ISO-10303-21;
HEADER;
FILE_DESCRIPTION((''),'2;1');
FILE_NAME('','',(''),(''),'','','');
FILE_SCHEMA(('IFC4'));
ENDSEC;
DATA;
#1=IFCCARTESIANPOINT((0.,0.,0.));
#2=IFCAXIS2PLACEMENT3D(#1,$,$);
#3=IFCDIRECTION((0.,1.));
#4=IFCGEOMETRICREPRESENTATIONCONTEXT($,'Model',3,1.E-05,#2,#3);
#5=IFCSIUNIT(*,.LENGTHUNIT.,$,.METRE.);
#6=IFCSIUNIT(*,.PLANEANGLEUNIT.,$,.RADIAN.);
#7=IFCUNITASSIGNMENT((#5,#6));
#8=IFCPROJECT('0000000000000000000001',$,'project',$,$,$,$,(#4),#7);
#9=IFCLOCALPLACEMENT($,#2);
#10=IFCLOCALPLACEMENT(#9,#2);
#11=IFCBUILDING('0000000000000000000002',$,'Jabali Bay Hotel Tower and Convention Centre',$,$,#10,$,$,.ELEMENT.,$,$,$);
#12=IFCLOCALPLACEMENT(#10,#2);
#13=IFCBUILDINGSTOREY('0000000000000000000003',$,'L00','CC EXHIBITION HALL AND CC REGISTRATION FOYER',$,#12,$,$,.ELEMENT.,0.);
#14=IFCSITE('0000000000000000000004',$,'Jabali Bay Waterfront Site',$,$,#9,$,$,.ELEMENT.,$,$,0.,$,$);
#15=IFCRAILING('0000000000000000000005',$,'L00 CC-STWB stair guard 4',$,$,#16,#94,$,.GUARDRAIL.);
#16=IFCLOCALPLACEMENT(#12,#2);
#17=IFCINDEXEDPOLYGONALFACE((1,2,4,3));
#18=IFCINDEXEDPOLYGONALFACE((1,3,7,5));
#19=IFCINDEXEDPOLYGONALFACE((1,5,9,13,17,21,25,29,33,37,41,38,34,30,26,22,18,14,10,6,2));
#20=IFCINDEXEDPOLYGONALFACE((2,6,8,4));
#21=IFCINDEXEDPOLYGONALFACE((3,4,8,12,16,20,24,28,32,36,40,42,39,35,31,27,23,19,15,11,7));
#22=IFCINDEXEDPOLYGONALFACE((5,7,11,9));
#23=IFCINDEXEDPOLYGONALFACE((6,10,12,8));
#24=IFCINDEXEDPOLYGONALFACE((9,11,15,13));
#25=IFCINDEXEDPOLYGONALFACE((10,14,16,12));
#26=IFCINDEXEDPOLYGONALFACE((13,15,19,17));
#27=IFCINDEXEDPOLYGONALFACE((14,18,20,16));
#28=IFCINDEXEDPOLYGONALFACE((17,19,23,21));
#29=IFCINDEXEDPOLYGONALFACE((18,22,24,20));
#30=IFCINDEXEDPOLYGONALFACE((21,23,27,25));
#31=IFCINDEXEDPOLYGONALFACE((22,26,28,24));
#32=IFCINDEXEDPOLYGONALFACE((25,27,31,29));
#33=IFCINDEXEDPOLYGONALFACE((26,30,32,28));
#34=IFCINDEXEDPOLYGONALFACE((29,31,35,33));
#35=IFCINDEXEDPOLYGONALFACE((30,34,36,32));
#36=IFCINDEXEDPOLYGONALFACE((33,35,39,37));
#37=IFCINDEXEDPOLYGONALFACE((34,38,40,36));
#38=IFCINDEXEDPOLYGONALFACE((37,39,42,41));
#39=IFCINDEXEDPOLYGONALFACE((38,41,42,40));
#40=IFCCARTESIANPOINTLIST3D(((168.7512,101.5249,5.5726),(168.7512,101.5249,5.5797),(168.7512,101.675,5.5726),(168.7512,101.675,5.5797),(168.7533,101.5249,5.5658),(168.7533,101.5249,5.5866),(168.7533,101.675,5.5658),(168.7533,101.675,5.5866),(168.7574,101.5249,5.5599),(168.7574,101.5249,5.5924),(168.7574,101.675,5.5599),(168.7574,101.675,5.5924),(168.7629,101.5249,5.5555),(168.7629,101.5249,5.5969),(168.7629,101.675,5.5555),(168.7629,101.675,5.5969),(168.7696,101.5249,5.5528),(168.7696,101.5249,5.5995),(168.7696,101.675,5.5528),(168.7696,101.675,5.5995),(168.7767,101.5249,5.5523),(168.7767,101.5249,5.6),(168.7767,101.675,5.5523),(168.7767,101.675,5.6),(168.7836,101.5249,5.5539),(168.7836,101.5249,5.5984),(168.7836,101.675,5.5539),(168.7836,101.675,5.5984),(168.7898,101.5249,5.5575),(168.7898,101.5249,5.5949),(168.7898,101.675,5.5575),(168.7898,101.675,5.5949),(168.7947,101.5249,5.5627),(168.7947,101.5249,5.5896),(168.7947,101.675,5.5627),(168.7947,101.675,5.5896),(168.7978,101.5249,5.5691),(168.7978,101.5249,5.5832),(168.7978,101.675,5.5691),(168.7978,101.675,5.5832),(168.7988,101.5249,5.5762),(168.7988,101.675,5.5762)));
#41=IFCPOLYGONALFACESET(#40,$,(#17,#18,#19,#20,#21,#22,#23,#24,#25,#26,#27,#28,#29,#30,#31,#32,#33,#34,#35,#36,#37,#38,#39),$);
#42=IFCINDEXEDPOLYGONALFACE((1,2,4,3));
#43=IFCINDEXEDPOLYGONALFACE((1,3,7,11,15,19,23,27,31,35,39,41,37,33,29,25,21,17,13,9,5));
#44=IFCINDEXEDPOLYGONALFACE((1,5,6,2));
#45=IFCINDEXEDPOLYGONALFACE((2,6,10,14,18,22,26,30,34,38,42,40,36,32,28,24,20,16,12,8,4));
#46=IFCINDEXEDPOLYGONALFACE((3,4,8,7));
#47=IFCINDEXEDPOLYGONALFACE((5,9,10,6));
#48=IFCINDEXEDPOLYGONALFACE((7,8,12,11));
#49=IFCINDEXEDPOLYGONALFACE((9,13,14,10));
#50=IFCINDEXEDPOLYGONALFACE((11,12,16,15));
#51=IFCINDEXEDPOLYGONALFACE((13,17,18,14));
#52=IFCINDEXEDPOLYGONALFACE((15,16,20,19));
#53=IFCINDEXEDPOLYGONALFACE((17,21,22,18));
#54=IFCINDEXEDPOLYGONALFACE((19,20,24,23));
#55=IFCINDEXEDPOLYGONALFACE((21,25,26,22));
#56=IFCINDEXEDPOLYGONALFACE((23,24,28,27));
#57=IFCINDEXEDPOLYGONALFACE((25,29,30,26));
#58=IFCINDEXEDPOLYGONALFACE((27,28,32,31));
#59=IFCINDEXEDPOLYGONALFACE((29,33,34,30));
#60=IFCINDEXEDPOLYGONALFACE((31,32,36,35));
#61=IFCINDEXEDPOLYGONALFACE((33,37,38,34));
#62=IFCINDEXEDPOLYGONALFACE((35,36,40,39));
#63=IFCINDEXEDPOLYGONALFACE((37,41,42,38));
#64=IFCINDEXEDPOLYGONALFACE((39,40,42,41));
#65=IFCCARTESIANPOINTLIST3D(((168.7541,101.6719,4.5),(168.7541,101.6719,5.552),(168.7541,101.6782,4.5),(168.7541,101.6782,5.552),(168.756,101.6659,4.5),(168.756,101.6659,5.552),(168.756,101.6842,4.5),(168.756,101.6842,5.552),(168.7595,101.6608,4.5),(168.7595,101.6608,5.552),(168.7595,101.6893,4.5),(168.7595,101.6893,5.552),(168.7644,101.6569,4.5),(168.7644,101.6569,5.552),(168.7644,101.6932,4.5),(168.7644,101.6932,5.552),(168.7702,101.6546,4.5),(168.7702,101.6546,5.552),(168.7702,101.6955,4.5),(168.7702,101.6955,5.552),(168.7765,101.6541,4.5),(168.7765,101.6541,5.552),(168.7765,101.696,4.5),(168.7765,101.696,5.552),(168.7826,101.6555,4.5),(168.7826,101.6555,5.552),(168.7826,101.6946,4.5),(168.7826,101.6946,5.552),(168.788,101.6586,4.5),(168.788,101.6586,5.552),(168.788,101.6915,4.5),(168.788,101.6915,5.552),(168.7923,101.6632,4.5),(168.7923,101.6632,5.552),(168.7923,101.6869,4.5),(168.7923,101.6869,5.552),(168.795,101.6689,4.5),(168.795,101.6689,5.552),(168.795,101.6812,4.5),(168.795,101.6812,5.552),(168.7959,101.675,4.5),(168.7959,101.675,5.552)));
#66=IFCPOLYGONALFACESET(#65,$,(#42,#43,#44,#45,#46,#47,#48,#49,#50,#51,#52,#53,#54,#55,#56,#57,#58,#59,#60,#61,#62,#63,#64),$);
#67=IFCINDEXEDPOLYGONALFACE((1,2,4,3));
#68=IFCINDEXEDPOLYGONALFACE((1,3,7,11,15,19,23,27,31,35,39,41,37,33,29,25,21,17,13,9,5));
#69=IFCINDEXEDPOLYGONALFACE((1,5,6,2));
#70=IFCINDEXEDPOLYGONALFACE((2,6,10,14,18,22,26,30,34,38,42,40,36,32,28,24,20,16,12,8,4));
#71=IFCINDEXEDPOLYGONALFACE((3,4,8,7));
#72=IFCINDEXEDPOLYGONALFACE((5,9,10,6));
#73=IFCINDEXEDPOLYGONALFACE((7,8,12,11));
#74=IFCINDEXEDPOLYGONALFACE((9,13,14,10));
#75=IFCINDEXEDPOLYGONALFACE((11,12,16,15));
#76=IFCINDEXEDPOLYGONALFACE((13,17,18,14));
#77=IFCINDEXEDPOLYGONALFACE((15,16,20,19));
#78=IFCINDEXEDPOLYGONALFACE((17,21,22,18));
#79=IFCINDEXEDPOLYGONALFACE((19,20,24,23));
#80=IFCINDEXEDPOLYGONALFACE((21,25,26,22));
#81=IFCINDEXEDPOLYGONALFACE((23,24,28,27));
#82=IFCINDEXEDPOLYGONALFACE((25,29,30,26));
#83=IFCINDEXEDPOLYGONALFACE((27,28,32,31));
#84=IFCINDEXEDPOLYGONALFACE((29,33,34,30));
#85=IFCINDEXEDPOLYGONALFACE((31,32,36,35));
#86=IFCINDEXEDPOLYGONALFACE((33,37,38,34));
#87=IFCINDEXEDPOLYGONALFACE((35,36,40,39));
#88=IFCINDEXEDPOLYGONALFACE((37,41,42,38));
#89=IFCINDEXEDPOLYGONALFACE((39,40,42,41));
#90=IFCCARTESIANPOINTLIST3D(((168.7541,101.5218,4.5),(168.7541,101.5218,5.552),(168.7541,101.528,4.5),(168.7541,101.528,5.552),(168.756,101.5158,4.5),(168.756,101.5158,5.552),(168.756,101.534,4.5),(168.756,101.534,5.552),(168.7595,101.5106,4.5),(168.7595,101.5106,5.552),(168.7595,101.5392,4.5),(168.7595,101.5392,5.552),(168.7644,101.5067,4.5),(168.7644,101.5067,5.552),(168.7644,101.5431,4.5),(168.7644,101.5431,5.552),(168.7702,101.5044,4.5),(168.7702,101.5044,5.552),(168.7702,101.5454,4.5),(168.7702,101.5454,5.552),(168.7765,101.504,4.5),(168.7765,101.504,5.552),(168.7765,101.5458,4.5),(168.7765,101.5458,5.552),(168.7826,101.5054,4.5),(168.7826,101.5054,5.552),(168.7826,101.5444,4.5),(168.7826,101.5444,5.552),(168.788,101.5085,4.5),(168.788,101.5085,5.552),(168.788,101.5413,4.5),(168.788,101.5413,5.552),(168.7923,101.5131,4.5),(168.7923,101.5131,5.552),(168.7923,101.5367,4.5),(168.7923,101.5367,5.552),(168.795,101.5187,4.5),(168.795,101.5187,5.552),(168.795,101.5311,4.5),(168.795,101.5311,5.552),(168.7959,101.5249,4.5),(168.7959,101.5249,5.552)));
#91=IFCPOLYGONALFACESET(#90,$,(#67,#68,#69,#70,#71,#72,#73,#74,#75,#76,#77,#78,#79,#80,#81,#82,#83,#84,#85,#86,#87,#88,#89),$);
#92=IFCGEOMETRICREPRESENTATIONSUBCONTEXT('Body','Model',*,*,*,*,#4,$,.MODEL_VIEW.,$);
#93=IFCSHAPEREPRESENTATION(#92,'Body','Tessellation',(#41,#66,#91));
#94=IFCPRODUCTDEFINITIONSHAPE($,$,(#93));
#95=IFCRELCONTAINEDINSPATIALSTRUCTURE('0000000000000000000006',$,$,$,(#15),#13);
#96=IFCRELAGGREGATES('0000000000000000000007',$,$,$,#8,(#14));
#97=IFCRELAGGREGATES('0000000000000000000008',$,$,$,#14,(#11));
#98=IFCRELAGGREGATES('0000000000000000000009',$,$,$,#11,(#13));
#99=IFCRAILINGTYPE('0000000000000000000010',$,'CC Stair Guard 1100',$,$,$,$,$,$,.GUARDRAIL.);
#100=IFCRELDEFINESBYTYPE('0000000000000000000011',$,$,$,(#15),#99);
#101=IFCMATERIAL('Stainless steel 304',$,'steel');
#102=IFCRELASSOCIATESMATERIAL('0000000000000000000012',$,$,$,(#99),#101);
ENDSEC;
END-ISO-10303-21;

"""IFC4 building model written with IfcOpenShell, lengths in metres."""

from ifc_helpers import new_model, si_unit, direction, frame, origin, origin_2d, place, context, subcontext, project, spatial, circle, extrude, material, type_object, element, save


model = new_model("IFC4")

# Units and contexts
model_context = context("Model", 3, precision=1e-05, world=origin(), true_north=direction((0.0, 1.0)))
body_context = subcontext(model_context, "Body", "Model", "MODEL_VIEW")
ifc_project = project(units=[si_unit("LENGTHUNIT", "METRE"), si_unit("PLANEANGLEUNIT", "RADIAN")], contexts=[model_context])

# Site, building, storey
site_placement = place(None, origin())
site = spatial("IfcSite", under=ifc_project, at=site_placement, Name="Jabali Bay Waterfront Site", CompositionType="ELEMENT", RefElevation=0.0)
building_placement = place(site_placement, origin())
building = spatial("IfcBuilding", under=site, at=building_placement, Name="Jabali Bay Hotel Tower and Convention Centre", CompositionType="ELEMENT")
storey_placement = place(building_placement, origin())
storey = spatial("IfcBuildingStorey", under=building, at=storey_placement, Name="L00", Description="CC EXHIBITION HALL AND CC REGISTRATION FOYER", CompositionType="ELEMENT", Elevation=0.0)

# Railing
ifc_material_1 = material(Name="Stainless steel 304", Category="steel")
railing_type_1 = type_object("IfcRailingType", Name="CC Stair Guard 1100", PredefinedType="GUARDRAIL", material=ifc_material_1)
railing_1_placement = place(storey_placement, frame((168.7749, 101.675, 4.5)))
element("IfcRailing", 1, at=railing_1_placement, inside=storey, type_object=railing_type_1, Name="L00 CC-STWB stair guard 4", PredefinedType="GUARDRAIL", context=body_context, shape_type="SweptSolid", body=[
    extrude(circle(Radius=0.0239, at=origin_2d()), frame((0.0, 0.0, 1.0762), z_axis=(0.0, -1.0, 0.0), x_axis=(1.0, 0.0, 0.0)), (0.0, 0.0, 1.0), 0.1501),
    extrude(circle(Radius=0.021, at=origin_2d()), origin(), (0.0, 0.0, 1.0), 1.052),
    extrude(circle(Radius=0.021, at=origin_2d()), frame((0.0, -0.1501, 0.0)), (0.0, 0.0, 1.0), 1.052),
])

save(model, "model.ifc")
